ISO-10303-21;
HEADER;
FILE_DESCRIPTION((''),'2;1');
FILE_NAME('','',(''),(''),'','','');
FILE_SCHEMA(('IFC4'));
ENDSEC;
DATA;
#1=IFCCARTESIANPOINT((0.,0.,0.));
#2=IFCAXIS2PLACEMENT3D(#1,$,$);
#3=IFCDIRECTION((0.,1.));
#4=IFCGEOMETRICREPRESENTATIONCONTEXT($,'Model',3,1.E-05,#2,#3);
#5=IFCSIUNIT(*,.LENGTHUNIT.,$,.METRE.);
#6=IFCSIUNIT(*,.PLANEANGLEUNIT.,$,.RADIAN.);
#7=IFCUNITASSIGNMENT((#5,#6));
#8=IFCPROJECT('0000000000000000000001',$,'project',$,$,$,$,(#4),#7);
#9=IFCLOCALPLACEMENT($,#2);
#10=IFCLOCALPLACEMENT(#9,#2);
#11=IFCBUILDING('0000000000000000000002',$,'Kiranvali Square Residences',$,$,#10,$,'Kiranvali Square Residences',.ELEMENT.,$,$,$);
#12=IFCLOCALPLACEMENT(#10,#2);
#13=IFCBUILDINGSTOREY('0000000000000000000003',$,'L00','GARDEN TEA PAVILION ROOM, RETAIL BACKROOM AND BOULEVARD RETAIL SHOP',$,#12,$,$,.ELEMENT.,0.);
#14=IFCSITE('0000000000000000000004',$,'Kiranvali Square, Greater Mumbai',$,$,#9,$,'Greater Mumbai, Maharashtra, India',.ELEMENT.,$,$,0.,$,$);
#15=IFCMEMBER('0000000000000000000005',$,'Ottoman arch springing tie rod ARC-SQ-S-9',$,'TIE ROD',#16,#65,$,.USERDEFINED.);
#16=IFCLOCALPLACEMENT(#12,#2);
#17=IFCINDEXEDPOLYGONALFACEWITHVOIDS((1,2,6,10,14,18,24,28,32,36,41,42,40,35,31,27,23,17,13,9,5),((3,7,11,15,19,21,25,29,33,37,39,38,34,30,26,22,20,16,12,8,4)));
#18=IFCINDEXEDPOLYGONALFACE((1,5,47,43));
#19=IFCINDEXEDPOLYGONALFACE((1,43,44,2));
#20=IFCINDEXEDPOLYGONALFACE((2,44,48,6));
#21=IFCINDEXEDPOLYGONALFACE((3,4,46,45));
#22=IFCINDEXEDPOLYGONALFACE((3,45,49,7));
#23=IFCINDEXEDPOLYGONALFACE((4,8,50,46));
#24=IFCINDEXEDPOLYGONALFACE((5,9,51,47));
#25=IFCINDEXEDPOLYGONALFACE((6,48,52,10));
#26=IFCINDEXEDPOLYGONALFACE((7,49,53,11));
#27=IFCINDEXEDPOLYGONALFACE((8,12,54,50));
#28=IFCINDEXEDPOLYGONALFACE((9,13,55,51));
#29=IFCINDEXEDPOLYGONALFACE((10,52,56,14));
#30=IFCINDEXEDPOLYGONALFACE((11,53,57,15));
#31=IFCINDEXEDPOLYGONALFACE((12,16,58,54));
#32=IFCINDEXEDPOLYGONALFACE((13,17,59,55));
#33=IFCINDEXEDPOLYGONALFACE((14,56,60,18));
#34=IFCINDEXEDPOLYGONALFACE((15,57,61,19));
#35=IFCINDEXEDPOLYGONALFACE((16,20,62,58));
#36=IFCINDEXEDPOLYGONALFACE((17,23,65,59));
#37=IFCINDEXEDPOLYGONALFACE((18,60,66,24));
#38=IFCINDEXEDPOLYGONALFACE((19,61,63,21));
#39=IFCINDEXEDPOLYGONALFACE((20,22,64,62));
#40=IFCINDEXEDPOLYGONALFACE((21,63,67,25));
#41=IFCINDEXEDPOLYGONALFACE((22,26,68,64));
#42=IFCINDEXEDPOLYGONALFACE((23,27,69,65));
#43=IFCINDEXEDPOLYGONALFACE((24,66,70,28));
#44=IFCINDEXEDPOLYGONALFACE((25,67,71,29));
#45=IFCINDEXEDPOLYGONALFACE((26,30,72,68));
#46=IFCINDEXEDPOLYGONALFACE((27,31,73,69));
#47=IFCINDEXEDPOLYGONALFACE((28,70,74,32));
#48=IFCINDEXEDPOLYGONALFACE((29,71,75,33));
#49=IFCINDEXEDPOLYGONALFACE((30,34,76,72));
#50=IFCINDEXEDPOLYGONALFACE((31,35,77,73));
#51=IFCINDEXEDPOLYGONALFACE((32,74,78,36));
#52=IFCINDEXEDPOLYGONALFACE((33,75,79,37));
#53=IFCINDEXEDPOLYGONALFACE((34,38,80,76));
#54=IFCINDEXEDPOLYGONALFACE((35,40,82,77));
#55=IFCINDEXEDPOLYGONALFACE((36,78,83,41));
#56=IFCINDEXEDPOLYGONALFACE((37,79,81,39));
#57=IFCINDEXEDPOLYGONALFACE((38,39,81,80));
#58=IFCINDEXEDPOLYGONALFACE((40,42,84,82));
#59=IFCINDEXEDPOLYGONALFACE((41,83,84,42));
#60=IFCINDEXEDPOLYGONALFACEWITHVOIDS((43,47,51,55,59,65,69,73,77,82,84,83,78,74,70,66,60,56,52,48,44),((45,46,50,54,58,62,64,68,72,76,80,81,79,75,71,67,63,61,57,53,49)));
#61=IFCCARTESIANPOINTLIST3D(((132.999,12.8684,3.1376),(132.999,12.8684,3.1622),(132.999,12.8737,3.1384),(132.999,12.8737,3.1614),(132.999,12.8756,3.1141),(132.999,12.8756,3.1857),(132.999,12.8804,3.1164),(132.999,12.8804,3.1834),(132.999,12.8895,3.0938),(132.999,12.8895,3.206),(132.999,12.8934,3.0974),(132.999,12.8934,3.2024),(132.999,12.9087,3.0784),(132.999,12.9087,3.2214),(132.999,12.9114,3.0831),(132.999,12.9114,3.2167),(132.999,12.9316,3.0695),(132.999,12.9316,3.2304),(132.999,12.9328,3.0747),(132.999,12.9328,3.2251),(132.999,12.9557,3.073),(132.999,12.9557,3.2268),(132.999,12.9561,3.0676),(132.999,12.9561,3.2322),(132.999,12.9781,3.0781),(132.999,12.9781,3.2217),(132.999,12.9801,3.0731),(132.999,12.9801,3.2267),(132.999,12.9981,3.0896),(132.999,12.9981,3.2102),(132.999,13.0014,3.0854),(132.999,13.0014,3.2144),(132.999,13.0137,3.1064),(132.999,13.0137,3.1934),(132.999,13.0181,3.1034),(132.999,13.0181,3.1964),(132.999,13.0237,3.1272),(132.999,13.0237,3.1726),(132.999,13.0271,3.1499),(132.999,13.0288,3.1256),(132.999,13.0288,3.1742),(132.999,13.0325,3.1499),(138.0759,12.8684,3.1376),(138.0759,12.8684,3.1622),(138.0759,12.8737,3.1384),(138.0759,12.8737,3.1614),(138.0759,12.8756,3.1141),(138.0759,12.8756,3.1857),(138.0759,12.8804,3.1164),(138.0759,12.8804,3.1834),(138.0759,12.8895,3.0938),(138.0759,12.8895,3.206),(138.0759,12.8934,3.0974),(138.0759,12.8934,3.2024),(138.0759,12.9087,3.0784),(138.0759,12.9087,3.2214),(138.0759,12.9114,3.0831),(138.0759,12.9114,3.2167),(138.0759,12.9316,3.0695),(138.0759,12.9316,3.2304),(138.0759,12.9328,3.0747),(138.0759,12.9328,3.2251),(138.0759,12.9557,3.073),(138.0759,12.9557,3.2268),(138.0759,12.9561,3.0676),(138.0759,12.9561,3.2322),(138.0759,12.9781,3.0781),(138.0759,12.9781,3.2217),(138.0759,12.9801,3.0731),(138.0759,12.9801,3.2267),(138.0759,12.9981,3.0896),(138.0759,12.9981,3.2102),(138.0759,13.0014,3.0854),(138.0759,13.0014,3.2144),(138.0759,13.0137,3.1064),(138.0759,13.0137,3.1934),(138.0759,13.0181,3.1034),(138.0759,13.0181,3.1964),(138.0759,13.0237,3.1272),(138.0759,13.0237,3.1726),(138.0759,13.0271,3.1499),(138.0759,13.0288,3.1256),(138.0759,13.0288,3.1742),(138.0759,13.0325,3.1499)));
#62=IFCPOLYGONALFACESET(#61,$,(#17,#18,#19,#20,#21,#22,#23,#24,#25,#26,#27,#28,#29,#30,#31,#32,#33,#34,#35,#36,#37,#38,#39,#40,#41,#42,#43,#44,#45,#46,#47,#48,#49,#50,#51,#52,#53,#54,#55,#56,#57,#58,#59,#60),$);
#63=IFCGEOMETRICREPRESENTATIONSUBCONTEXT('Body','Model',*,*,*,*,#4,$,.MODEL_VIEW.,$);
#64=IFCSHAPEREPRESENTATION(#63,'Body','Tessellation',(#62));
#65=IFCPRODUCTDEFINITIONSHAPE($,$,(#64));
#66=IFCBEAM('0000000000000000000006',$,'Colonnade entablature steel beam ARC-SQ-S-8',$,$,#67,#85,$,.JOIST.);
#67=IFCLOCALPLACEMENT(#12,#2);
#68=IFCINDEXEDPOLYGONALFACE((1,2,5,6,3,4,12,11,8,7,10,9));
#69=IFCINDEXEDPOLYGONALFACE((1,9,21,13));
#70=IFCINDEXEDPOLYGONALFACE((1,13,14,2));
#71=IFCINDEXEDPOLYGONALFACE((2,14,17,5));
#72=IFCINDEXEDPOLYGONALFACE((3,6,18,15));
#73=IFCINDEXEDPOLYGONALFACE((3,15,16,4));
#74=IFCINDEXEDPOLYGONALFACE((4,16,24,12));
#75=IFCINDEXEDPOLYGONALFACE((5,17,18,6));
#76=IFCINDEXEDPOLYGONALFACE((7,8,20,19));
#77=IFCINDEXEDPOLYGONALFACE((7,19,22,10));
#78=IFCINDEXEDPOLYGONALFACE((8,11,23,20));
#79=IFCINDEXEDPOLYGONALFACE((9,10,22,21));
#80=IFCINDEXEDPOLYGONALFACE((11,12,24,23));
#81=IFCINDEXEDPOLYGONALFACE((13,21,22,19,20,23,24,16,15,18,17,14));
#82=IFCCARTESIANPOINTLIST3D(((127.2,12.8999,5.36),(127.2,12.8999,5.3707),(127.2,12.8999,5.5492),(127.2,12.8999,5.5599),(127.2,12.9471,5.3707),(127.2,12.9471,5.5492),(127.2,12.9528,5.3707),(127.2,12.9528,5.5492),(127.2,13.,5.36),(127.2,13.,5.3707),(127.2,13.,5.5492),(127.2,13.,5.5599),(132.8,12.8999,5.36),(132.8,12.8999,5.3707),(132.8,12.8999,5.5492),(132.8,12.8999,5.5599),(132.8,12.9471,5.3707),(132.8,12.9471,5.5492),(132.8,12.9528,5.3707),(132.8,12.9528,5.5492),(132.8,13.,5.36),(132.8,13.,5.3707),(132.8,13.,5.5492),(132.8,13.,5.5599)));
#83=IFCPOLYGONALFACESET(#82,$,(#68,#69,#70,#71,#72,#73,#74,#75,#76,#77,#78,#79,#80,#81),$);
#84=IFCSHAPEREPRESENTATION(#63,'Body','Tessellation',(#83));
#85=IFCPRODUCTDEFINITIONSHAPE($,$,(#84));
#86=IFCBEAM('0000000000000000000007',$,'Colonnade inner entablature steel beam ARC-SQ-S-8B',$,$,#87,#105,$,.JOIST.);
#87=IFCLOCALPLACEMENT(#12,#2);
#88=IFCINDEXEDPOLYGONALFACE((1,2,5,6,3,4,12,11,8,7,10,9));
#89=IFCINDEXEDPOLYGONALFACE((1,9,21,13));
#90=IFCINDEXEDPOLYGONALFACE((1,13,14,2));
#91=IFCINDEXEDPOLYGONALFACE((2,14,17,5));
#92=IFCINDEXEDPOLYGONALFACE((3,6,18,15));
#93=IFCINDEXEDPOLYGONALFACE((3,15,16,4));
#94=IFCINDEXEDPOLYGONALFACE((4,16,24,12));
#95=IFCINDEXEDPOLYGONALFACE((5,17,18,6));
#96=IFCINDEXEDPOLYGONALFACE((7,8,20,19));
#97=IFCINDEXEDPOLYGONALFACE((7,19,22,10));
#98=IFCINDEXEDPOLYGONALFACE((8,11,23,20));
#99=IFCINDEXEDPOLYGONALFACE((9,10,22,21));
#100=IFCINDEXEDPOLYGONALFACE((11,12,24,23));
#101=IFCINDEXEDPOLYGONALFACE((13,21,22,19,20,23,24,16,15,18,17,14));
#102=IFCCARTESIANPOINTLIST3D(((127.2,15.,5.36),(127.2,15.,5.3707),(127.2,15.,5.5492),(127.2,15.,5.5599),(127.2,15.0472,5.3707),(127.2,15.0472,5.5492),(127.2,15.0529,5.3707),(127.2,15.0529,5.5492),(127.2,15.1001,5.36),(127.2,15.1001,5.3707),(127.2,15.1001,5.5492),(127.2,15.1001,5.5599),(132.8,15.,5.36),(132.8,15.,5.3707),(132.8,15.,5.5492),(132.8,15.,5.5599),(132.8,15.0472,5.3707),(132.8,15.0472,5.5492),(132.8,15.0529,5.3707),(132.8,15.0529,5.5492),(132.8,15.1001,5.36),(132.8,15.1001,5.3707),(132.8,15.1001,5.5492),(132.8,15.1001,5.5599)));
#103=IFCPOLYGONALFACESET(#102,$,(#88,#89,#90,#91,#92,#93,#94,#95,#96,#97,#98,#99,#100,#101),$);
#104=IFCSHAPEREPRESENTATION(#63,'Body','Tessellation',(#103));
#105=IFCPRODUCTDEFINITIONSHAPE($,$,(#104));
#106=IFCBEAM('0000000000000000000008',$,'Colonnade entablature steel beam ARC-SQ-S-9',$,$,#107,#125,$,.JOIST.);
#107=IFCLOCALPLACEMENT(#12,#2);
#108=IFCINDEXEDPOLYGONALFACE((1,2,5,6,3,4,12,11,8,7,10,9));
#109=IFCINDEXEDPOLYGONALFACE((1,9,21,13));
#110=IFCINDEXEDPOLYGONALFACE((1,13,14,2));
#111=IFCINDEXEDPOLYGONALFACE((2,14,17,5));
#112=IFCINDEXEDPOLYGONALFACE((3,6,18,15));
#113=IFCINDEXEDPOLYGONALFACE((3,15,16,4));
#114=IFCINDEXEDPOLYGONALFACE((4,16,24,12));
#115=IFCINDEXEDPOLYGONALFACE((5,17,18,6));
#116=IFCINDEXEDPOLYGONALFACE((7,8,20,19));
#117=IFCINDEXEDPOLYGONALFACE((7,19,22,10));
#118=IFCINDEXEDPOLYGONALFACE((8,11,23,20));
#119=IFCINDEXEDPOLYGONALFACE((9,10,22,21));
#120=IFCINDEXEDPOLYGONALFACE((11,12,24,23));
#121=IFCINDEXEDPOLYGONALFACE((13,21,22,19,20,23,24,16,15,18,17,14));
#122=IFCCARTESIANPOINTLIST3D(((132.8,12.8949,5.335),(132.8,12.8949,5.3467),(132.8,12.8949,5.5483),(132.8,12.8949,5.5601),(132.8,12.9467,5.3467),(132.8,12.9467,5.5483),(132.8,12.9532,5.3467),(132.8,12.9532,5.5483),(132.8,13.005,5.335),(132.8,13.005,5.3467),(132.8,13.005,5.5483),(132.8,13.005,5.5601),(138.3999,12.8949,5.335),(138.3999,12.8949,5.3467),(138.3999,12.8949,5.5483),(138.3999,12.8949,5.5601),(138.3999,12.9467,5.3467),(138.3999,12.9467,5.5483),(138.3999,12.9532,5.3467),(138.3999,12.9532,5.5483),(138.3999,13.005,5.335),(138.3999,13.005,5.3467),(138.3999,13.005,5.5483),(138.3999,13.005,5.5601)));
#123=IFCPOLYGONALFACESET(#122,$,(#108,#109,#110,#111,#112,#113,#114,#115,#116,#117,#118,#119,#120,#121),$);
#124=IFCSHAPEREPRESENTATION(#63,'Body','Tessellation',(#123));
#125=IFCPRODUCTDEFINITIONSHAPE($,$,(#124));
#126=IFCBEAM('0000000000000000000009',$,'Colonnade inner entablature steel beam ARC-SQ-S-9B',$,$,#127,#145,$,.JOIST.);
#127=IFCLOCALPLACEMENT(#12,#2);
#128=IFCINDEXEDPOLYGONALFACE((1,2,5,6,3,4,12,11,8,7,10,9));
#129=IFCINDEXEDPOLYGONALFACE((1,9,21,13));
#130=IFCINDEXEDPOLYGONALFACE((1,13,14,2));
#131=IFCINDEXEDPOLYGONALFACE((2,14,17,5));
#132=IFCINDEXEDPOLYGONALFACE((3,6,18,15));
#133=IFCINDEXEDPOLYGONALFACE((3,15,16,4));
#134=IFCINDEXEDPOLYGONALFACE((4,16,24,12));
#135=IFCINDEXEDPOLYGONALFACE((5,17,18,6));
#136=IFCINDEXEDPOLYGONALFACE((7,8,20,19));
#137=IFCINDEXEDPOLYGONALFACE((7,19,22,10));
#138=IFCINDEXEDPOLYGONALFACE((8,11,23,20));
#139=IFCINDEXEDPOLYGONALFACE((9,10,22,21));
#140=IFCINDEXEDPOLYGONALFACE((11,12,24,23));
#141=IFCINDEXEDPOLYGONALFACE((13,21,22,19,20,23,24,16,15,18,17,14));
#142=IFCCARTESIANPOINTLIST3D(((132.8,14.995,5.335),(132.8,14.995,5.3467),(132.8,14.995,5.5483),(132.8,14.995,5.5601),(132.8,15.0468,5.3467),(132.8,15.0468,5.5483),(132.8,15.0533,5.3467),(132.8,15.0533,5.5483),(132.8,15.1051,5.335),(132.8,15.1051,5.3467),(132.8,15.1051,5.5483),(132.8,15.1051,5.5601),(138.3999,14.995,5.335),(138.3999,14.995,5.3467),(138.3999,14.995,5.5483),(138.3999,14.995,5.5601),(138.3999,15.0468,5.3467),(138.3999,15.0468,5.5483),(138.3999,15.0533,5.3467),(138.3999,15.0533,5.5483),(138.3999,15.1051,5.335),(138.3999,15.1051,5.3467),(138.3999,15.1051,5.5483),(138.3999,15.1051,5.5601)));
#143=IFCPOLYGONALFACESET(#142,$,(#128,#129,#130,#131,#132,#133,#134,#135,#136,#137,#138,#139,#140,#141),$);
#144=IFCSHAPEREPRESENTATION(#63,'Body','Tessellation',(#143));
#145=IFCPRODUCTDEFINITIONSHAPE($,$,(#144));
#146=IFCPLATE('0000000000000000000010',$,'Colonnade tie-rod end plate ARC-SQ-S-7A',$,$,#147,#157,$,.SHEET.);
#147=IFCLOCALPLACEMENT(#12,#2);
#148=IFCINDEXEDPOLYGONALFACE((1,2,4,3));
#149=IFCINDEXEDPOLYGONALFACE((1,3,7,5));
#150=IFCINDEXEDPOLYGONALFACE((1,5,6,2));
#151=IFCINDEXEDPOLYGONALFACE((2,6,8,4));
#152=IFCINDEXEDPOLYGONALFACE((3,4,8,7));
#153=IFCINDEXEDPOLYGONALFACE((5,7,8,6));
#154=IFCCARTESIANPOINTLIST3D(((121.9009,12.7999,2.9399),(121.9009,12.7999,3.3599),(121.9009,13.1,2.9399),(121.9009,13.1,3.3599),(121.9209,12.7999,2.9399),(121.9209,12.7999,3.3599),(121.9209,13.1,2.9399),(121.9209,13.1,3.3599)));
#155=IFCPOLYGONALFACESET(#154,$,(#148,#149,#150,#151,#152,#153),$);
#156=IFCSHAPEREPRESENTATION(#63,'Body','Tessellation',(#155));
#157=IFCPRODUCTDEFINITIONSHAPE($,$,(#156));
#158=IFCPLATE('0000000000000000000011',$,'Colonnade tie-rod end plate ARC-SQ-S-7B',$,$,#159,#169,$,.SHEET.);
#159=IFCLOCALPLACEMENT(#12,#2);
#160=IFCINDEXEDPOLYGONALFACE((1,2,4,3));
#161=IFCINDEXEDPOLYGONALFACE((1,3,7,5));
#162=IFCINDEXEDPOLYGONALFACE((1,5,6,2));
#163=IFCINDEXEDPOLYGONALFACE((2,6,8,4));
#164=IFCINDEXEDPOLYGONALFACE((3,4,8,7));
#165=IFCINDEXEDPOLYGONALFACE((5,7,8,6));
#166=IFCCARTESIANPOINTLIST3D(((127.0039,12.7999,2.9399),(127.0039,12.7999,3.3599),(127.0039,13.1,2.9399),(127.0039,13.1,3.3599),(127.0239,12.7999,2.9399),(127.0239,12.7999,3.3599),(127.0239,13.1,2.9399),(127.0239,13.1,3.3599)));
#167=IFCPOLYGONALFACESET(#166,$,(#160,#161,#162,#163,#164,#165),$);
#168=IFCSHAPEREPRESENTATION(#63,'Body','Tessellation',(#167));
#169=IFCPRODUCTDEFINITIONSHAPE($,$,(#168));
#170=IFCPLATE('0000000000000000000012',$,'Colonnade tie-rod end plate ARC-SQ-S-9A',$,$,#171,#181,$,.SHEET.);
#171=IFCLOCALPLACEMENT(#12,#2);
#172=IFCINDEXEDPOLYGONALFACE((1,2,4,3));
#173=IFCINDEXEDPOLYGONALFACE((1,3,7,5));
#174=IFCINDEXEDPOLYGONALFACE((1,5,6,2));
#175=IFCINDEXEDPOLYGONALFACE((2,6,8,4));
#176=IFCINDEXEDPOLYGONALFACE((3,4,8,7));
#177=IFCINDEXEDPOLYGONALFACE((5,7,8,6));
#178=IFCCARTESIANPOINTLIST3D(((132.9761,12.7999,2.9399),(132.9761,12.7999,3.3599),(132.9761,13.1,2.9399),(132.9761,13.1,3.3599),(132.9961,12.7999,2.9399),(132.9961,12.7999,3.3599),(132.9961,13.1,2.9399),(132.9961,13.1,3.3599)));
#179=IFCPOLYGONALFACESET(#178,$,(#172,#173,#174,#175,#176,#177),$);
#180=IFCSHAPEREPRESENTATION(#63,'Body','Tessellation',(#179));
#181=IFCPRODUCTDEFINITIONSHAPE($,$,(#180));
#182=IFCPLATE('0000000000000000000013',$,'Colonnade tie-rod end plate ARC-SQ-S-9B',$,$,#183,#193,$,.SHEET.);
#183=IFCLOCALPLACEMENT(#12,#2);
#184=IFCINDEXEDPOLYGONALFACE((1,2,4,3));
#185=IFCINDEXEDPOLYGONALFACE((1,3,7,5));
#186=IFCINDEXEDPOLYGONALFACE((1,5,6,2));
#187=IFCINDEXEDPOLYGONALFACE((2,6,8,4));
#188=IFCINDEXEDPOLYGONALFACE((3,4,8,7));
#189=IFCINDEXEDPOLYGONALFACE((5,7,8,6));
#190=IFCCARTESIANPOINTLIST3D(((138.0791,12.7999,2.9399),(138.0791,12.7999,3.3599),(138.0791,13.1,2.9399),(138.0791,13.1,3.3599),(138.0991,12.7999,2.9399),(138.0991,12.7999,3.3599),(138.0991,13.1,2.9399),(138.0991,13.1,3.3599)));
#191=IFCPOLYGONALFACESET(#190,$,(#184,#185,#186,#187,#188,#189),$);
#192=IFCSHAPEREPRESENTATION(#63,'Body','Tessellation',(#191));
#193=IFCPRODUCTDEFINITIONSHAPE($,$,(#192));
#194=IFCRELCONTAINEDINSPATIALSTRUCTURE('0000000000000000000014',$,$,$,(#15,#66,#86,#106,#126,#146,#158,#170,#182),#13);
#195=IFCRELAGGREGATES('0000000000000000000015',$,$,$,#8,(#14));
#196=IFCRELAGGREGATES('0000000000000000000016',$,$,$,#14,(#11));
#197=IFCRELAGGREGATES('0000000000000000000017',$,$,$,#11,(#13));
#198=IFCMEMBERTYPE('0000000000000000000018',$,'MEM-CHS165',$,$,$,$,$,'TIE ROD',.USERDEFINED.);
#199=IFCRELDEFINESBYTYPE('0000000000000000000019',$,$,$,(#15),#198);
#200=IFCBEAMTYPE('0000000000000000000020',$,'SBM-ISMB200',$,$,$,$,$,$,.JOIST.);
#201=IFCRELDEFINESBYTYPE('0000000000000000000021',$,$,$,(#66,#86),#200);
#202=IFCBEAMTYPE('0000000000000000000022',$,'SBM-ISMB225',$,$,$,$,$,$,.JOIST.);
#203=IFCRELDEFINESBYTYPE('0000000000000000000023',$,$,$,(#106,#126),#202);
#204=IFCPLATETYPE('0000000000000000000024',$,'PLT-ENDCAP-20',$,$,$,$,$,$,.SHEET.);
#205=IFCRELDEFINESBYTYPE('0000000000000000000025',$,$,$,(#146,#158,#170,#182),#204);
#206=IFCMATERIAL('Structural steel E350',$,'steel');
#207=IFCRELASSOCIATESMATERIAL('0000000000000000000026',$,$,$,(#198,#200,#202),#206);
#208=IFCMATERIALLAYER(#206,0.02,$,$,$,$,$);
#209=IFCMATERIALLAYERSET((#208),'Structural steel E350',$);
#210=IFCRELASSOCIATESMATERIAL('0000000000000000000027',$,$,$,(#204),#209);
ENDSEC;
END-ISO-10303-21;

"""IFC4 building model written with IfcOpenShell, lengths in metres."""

from ifc_helpers import new_model, si_unit, direction, frame, origin, origin_2d, place, context, subcontext, project, spatial, rectangle, hollow_circle, i_section, extrude, material, layer, layer_set, material_profile, profile_set, type_object, element, save


model = new_model("IFC4")

# Units and contexts
model_context = context("Model", 3, precision=1e-05, world=origin(), true_north=direction((0.0, 1.0)))
body_context = subcontext(model_context, "Body", "Model", "MODEL_VIEW")
ifc_project = project(units=[si_unit("LENGTHUNIT", "METRE"), si_unit("PLANEANGLEUNIT", "RADIAN")], contexts=[model_context])

# Site, building, storey
site_placement = place(None, origin())
site = spatial("IfcSite", under=ifc_project, at=site_placement, Name="Kiranvali Square, Greater Mumbai", LongName="Greater Mumbai, Maharashtra, India", CompositionType="ELEMENT", RefElevation=0.0)
building_placement = place(site_placement, origin())
building = spatial("IfcBuilding", under=site, at=building_placement, Name="Kiranvali Square Residences", LongName="Kiranvali Square Residences", CompositionType="ELEMENT")
storey_placement = place(building_placement, origin())
storey = spatial("IfcBuildingStorey", under=building, at=storey_placement, Name="L00", Description="GARDEN TEA PAVILION ROOM, RETAIL BACKROOM AND BOULEVARD RETAIL SHOP", CompositionType="ELEMENT", Elevation=0.0)

# Member
ifc_material_1 = material(Name="Structural steel E350", Category="steel")
ifc_material_profile_1 = material_profile(ifc_material_1, hollow_circle(Radius=0.0825, WallThickness=0.0054, at=origin_2d()), Name="CHS 165.1x5.4")
ifc_profile_set_1 = profile_set([ifc_material_profile_1], Name="Structural steel E350")
member_type_1 = type_object("IfcMemberType", Name="MEM-CHS165", ElementType="TIE ROD", PredefinedType="USERDEFINED", material=ifc_profile_set_1)
for number, where, z_axis, x_axis, name in (
    (1, (132.999, 12.95, 3.1499), (1.0, 0.0, 0.0), (0.0, 1.0, 0.0), "Ottoman arch springing tie rod ARC-SQ-S-9"),
):
    element("IfcMember", number, at=place(storey_placement, frame(where, z_axis=z_axis, x_axis=x_axis)), inside=storey, type_object=member_type_1, Name=name, ObjectType="TIE ROD", PredefinedType="USERDEFINED", context=body_context, shape_type="SweptSolid", body=[
        extrude(hollow_circle(Radius=0.0825, WallThickness=0.0054, at=origin_2d()), origin(), (0.0, 0.0, 1.0), 5.0769),
    ])

# Beams
ifc_material_profile_2 = material_profile(ifc_material_1, i_section(OverallWidth=0.1001, OverallDepth=0.2, WebThickness=0.0056, FlangeThickness=0.0107, at=origin_2d()), Name="ISMB 200")
ifc_profile_set_2 = profile_set([ifc_material_profile_2], Name="Structural steel E350")
beam_type_1 = type_object("IfcBeamType", Name="SBM-ISMB200", PredefinedType="JOIST", material=ifc_profile_set_2)
for number, where, z_axis, x_axis, name in (
    (2, (127.2, 12.95, 5.46), (1.0, 0.0, 0.0), (0.0, 1.0, 0.0), "Colonnade entablature steel beam ARC-SQ-S-8"),
    (3, (127.2, 15.05, 5.46), (1.0, 0.0, 0.0), (0.0, 1.0, 0.0), "Colonnade inner entablature steel beam ARC-SQ-S-8B"),
):
    element("IfcBeam", number, at=place(storey_placement, frame(where, z_axis=z_axis, x_axis=x_axis)), inside=storey, type_object=beam_type_1, Name=name, PredefinedType="JOIST", context=body_context, shape_type="SweptSolid", body=[
        extrude(i_section(OverallWidth=0.1001, OverallDepth=0.2, WebThickness=0.0056, FlangeThickness=0.0107, at=origin_2d()), origin(), (0.0, 0.0, 1.0), 5.6001),
    ])
ifc_material_profile_3 = material_profile(ifc_material_1, i_section(OverallWidth=0.1101, OverallDepth=0.2251, WebThickness=0.0066, FlangeThickness=0.0117, at=origin_2d()), Name="ISMB 225")
ifc_profile_set_3 = profile_set([ifc_material_profile_3], Name="Structural steel E350")
beam_type_2 = type_object("IfcBeamType", Name="SBM-ISMB225", PredefinedType="JOIST", material=ifc_profile_set_3)
for number, where, z_axis, x_axis, name in (
    (4, (132.8, 12.95, 5.4475), (1.0, 0.0, 0.0), (0.0, 1.0, 0.0), "Colonnade entablature steel beam ARC-SQ-S-9"),
    (5, (132.8, 15.05, 5.4475), (1.0, 0.0, 0.0), (0.0, 1.0, 0.0), "Colonnade inner entablature steel beam ARC-SQ-S-9B"),
):
    element("IfcBeam", number, at=place(storey_placement, frame(where, z_axis=z_axis, x_axis=x_axis)), inside=storey, type_object=beam_type_2, Name=name, PredefinedType="JOIST", context=body_context, shape_type="SweptSolid", body=[
        extrude(i_section(OverallWidth=0.1101, OverallDepth=0.2251, WebThickness=0.0066, FlangeThickness=0.0117, at=origin_2d()), origin(), (0.0, 0.0, 1.0), 5.5999),
    ])

# Plates
ifc_layer_1 = layer(ifc_material_1, 0.02)
ifc_layer_set_1 = layer_set([ifc_layer_1], Name="Structural steel E350")
plate_type_1 = type_object("IfcPlateType", Name="PLT-ENDCAP-20", PredefinedType="SHEET", material=ifc_layer_set_1)
for number, where, z_axis, x_axis, name in (
    (6, (121.9109, 12.95, 2.9399), (0.0, 0.0, 1.0), (1.0, 0.0, 0.0), "Colonnade tie-rod end plate ARC-SQ-S-7A"),
    (7, (127.0139, 12.95, 2.9399), (0.0, 0.0, 1.0), (1.0, 0.0, 0.0), "Colonnade tie-rod end plate ARC-SQ-S-7B"),
    (8, (132.9861, 12.95, 2.9399), (0.0, 0.0, 1.0), (1.0, 0.0, 0.0), "Colonnade tie-rod end plate ARC-SQ-S-9A"),
    (9, (138.0891, 12.95, 2.9399), (0.0, 0.0, 1.0), (1.0, 0.0, 0.0), "Colonnade tie-rod end plate ARC-SQ-S-9B"),
):
    element("IfcPlate", number, at=place(storey_placement, frame(where, z_axis=z_axis, x_axis=x_axis)), inside=storey, type_object=plate_type_1, Name=name, PredefinedType="SHEET", context=body_context, shape_type="SweptSolid", body=[
        extrude(rectangle(XDim=0.02, YDim=0.3, at=origin_2d()), origin(), (0.0, 0.0, 1.0), 0.4199),
    ])

save(model, "model.ifc")
